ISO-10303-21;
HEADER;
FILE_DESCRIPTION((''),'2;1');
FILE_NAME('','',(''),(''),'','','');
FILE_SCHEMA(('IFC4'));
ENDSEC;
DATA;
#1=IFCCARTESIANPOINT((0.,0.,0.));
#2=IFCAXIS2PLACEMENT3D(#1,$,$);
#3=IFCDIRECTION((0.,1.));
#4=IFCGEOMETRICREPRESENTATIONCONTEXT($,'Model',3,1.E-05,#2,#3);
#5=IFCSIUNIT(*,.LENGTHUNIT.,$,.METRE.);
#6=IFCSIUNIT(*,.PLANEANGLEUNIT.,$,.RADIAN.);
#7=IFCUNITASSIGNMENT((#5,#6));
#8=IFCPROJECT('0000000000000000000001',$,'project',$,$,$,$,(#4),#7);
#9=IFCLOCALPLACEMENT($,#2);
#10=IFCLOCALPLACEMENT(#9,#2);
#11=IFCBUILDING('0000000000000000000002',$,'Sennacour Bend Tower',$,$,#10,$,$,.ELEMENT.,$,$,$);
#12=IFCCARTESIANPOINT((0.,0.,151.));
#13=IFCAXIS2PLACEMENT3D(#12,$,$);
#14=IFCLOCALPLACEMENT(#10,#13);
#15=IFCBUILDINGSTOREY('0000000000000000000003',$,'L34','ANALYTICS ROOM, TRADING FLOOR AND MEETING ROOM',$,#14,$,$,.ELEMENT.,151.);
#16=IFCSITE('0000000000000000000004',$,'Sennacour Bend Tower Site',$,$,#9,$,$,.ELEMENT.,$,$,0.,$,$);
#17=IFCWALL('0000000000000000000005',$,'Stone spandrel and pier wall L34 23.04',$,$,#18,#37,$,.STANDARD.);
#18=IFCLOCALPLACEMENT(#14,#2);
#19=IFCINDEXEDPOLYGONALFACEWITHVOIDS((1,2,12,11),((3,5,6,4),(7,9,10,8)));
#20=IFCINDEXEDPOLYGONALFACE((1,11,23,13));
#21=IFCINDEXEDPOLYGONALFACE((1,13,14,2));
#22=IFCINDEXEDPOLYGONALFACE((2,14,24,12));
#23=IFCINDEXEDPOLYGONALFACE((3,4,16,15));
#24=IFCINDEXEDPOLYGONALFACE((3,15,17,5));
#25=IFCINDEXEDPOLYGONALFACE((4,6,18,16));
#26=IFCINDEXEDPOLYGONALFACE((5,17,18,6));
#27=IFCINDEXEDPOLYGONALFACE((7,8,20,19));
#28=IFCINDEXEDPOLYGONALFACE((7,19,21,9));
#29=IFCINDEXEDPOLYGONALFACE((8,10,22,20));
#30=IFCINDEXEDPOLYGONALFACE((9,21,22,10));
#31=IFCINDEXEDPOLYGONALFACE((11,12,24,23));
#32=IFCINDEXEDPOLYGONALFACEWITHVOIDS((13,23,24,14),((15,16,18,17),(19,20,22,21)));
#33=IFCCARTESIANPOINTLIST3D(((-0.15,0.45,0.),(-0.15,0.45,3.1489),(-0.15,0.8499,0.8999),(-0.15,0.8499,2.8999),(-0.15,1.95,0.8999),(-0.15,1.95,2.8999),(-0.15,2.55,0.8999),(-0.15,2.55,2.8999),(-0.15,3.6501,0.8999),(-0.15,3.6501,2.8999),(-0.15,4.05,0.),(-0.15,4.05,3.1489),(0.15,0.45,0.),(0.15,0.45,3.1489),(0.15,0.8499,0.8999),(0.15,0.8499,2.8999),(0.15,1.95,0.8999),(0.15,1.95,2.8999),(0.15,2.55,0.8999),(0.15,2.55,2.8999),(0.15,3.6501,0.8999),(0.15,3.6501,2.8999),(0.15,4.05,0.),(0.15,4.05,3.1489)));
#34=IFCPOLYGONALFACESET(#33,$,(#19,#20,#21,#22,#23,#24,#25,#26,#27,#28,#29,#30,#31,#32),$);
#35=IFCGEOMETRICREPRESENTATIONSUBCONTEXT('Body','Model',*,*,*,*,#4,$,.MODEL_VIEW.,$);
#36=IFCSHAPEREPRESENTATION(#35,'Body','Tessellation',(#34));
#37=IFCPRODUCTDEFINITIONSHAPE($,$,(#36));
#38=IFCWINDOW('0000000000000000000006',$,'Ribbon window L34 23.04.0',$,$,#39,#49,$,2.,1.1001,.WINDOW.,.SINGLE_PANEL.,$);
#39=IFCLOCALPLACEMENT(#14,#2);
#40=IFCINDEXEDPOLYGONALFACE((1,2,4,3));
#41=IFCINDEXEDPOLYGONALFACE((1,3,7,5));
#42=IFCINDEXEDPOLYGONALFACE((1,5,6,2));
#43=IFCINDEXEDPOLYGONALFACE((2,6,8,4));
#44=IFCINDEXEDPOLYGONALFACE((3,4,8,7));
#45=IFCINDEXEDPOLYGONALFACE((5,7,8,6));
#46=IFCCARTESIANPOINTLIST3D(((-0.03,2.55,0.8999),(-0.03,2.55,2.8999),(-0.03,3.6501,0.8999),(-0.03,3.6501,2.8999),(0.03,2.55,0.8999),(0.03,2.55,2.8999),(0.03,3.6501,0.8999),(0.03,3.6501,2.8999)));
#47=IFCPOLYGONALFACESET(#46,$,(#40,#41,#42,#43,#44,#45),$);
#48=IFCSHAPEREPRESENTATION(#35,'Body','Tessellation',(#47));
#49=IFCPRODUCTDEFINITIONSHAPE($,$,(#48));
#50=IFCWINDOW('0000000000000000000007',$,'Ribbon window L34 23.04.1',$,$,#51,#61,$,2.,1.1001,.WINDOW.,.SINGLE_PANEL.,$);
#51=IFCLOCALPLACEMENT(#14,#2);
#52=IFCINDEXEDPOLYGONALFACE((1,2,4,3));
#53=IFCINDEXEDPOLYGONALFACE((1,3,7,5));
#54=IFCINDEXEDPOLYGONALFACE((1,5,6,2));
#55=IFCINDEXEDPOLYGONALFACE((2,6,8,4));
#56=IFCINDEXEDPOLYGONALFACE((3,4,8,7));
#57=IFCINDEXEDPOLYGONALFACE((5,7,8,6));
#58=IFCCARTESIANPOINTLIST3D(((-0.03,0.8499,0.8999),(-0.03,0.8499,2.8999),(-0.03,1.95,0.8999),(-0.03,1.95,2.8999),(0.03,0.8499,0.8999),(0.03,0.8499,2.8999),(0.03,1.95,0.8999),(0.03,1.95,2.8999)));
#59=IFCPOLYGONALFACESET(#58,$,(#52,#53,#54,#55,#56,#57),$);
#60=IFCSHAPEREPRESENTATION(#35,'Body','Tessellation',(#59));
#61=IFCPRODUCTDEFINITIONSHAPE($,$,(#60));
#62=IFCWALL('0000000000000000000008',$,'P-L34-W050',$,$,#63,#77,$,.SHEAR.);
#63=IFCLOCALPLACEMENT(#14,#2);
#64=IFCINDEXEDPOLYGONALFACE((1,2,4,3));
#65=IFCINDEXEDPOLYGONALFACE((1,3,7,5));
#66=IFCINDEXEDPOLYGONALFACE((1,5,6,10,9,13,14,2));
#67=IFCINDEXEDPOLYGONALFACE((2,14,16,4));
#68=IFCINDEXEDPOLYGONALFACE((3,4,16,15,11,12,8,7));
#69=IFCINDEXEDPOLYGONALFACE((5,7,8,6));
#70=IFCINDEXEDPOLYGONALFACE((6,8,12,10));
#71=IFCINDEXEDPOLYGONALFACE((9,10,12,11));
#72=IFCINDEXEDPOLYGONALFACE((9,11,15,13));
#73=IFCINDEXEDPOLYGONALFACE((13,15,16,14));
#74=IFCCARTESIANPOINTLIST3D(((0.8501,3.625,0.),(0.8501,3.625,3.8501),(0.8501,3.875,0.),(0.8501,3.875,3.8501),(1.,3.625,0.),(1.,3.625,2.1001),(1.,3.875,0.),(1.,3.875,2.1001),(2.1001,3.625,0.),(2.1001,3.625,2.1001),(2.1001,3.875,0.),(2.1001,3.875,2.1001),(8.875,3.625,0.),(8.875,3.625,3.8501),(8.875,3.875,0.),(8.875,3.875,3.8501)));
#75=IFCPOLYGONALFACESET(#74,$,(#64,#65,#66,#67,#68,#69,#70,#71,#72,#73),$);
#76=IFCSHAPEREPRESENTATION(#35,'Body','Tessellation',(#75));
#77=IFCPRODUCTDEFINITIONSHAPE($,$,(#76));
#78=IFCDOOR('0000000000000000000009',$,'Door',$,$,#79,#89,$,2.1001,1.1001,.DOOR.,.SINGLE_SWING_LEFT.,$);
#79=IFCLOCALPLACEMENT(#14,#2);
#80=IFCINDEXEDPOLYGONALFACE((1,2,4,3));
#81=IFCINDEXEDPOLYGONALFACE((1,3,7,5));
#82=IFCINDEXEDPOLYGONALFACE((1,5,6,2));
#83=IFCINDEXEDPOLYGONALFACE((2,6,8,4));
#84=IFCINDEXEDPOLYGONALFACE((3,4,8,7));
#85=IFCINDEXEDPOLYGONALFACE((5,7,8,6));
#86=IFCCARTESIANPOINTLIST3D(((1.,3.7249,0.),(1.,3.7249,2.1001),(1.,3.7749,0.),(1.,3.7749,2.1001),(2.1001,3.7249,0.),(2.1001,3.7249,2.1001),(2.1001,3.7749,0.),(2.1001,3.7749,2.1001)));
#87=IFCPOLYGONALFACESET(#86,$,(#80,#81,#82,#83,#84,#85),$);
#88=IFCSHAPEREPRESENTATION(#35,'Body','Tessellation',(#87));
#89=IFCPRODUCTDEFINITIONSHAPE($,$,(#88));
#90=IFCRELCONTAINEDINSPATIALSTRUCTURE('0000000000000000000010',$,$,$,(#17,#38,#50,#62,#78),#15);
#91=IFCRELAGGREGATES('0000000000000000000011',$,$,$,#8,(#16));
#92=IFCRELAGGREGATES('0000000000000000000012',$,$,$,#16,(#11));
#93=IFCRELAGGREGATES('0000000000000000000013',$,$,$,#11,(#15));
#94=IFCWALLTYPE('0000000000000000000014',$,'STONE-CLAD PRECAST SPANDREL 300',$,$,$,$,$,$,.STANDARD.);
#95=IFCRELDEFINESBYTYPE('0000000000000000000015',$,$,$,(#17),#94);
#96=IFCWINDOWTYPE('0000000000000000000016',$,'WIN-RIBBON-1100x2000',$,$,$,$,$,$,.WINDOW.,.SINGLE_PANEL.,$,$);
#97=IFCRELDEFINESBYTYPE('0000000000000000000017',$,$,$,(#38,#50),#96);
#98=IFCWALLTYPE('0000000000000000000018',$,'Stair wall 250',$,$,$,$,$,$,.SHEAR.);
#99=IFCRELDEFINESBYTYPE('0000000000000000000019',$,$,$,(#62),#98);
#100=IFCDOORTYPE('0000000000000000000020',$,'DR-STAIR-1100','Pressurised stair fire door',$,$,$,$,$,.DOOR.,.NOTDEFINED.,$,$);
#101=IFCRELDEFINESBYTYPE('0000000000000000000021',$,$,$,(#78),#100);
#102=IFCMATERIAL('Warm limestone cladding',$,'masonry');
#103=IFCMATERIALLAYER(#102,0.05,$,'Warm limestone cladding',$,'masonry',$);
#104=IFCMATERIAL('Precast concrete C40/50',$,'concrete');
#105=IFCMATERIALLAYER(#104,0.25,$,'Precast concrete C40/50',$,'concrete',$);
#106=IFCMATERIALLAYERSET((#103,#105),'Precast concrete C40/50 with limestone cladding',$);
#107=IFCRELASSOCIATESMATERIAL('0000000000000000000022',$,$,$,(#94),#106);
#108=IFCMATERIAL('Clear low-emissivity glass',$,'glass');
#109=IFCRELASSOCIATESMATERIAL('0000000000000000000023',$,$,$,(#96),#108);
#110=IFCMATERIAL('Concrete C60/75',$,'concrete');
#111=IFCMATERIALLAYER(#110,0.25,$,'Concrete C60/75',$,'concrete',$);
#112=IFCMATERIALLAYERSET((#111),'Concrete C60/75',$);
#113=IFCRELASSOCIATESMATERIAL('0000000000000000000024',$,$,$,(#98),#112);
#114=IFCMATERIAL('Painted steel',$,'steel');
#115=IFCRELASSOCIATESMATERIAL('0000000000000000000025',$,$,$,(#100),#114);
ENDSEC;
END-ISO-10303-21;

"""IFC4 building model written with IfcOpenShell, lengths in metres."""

from ifc_helpers import new_model, si_unit, direction, frame, frame_2d, origin, place, context, subcontext, project, spatial, rectangle, extrude, material, layer, layer_set, type_object, element, fill, save


model = new_model("IFC4")

# Units and contexts
model_context = context("Model", 3, precision=1e-05, world=origin(), true_north=direction((0.0, 1.0)))
body_context = subcontext(model_context, "Body", "Model", "MODEL_VIEW")
ifc_project = project(units=[si_unit("LENGTHUNIT", "METRE"), si_unit("PLANEANGLEUNIT", "RADIAN")], contexts=[model_context])

# Site, building, storey
site_placement = place(None, origin())
site = spatial("IfcSite", under=ifc_project, at=site_placement, Name="Sennacour Bend Tower Site", CompositionType="ELEMENT", RefElevation=0.0)
building_placement = place(site_placement, origin())
building = spatial("IfcBuilding", under=site, at=building_placement, Name="Sennacour Bend Tower", CompositionType="ELEMENT")
storey_placement = place(building_placement, frame((0.0, 0.0, 151.0)))
storey = spatial("IfcBuildingStorey", under=building, at=storey_placement, Name="L34", Description="ANALYTICS ROOM, TRADING FLOOR AND MEETING ROOM", CompositionType="ELEMENT", Elevation=151.0)

# Shared definitions
ifc_material_1 = material(Name="Painted steel", Category="steel")

# Wall, openings, windows
ifc_material_2 = material(Name="Warm limestone cladding", Category="masonry")
ifc_layer_1 = layer(ifc_material_2, 0.05, Name="Warm limestone cladding", Category="masonry")
ifc_material_3 = material(Name="Precast concrete C40/50", Category="concrete")
ifc_layer_2 = layer(ifc_material_3, 0.25, Name="Precast concrete C40/50", Category="concrete")
ifc_layer_set_1 = layer_set([ifc_layer_1, ifc_layer_2], Name="Precast concrete C40/50 with limestone cladding")
wall_type_1 = type_object("IfcWallType", Name="STONE-CLAD PRECAST SPANDREL 300", PredefinedType="STANDARD", material=ifc_layer_set_1)
ifc_material_4 = material(Name="Clear low-emissivity glass", Category="glass")
window_type = type_object("IfcWindowType", Name="WIN-RIBBON-1100x2000", PartitioningType="SINGLE_PANEL", PredefinedType="WINDOW", material=ifc_material_4)
wall_1_placement = place(storey_placement, frame((0.0, 4.05, 0.0), z_axis=(0.0, 0.0, 1.0), x_axis=(0.0, -1.0, 0.0)))
wall_1 = element("IfcWall", 1, at=wall_1_placement, inside=storey, type_object=wall_type_1, Name="Stone spandrel and pier wall L34 23.04", PredefinedType="STANDARD", context=body_context, shape_type="SweptSolid", body=[
    extrude(rectangle(XDim=3.6001, YDim=0.3, at=frame_2d((1.8, 0.0))), origin(), (0.0, 0.0, 1.0), 3.1489),
])
opening_1_placement = place(wall_1_placement, frame((0.3999, 0.0, 0.8999)))
opening_1 = element("IfcOpeningElement", 2, at=opening_1_placement, cuts=wall_1, PredefinedType="OPENING", context=body_context, shape_type="SweptSolid", body=[
    extrude(rectangle(XDim=1.1001, YDim=2.0, at=frame_2d((0.55, 1.0))), frame((0.0, 0.1602, 0.0), z_axis=(0.0, -1.0, 0.0), x_axis=(1.0, 0.0, 0.0)), (0.0, 0.0, 1.0), 0.3201),
])
opening_2_placement = place(wall_1_placement, frame((2.1001, 0.0, 0.8999)))
opening_2 = element("IfcOpeningElement", 3, at=opening_2_placement, cuts=wall_1, PredefinedType="OPENING", context=body_context, shape_type="SweptSolid", body=[
    extrude(rectangle(XDim=1.1001, YDim=2.0, at=frame_2d((0.55, 1.0))), frame((0.0, 0.1602, 0.0), z_axis=(0.0, -1.0, 0.0), x_axis=(1.0, 0.0, 0.0)), (0.0, 0.0, 1.0), 0.3201),
])
window_1_placement = place(opening_1_placement, origin())
window_1 = element("IfcWindow", 4, at=window_1_placement, inside=storey, type_object=window_type, Name="Ribbon window L34 23.04.0", OverallHeight=2.0, OverallWidth=1.1001, PartitioningType="SINGLE_PANEL", PredefinedType="WINDOW", context=body_context, shape_type="SweptSolid", body=[
    extrude(rectangle(XDim=1.1001, YDim=2.0, at=frame_2d((0.55, 1.0))), frame((0.0, 0.03, 0.0), z_axis=(0.0, -1.0, 0.0), x_axis=(1.0, 0.0, 0.0)), (0.0, 0.0, 1.0), 0.0601),
])
fill(opening_1, window_1)
window_2_placement = place(opening_2_placement, origin())
window_2 = element("IfcWindow", 5, at=window_2_placement, inside=storey, type_object=window_type, Name="Ribbon window L34 23.04.1", OverallHeight=2.0, OverallWidth=1.1001, PartitioningType="SINGLE_PANEL", PredefinedType="WINDOW", context=body_context, shape_type="SweptSolid", body=[
    extrude(rectangle(XDim=1.1001, YDim=2.0, at=frame_2d((0.55, 1.0))), frame((0.0, 0.03, 0.0), z_axis=(0.0, -1.0, 0.0), x_axis=(1.0, 0.0, 0.0)), (0.0, 0.0, 1.0), 0.0601),
])
fill(opening_2, window_2)

# Wall, opening, door
ifc_material_5 = material(Name="Concrete C60/75", Category="concrete")
ifc_layer_3 = layer(ifc_material_5, 0.25, Name="Concrete C60/75", Category="concrete")
ifc_layer_set_2 = layer_set([ifc_layer_3], Name="Concrete C60/75")
wall_type_2 = type_object("IfcWallType", Name="Stair wall 250", PredefinedType="SHEAR", material=ifc_layer_set_2)
wall_2_placement = place(storey_placement, frame((0.8501, 3.75, 0.0), z_axis=(0.0, 0.0, 1.0), x_axis=(1.0, 0.0, 0.0)))
wall_2 = element("IfcWall", 6, at=wall_2_placement, inside=storey, type_object=wall_type_2, Name="P-L34-W050", PredefinedType="SHEAR", context=body_context, shape_type="SweptSolid", body=[
    extrude(rectangle(XDim=8.0249, YDim=0.25, at=frame_2d((4.0125, 0.0))), origin(), (0.0, 0.0, 1.0), 3.8501),
])
opening_3_placement = place(wall_2_placement, frame((0.1499, 0.0, 0.0)))
opening_3 = element("IfcOpeningElement", 7, at=opening_3_placement, cuts=wall_2, PredefinedType="OPENING", context=body_context, shape_type="SweptSolid", body=[
    extrude(rectangle(XDim=1.1001, YDim=2.1001, at=frame_2d((0.55, 1.05))), frame((0.0, 0.135, 0.0), z_axis=(0.0, -1.0, 0.0), x_axis=(1.0, 0.0, 0.0)), (0.0, 0.0, 1.0), 0.27),
])
door_type_1 = type_object("IfcDoorType", Name="DR-STAIR-1100", Description="Pressurised stair fire door", OperationType="NOTDEFINED", PredefinedType="DOOR", material=ifc_material_1)
door_1_placement = place(opening_3_placement, origin())
door_1 = element("IfcDoor", 8, at=door_1_placement, inside=storey, type_object=door_type_1, Name="Door", OperationType="SINGLE_SWING_LEFT", OverallHeight=2.1001, OverallWidth=1.1001, PredefinedType="DOOR", context=body_context, shape_type="SweptSolid", body=[
    extrude(rectangle(XDim=1.1001, YDim=2.1001, at=frame_2d((0.55, 1.05))), frame((0.0, 0.0249, 0.0), z_axis=(0.0, -1.0, 0.0), x_axis=(1.0, 0.0, 0.0)), (0.0, 0.0, 1.0), 0.05),
])
fill(opening_3, door_1)

save(model, "model.ifc")
